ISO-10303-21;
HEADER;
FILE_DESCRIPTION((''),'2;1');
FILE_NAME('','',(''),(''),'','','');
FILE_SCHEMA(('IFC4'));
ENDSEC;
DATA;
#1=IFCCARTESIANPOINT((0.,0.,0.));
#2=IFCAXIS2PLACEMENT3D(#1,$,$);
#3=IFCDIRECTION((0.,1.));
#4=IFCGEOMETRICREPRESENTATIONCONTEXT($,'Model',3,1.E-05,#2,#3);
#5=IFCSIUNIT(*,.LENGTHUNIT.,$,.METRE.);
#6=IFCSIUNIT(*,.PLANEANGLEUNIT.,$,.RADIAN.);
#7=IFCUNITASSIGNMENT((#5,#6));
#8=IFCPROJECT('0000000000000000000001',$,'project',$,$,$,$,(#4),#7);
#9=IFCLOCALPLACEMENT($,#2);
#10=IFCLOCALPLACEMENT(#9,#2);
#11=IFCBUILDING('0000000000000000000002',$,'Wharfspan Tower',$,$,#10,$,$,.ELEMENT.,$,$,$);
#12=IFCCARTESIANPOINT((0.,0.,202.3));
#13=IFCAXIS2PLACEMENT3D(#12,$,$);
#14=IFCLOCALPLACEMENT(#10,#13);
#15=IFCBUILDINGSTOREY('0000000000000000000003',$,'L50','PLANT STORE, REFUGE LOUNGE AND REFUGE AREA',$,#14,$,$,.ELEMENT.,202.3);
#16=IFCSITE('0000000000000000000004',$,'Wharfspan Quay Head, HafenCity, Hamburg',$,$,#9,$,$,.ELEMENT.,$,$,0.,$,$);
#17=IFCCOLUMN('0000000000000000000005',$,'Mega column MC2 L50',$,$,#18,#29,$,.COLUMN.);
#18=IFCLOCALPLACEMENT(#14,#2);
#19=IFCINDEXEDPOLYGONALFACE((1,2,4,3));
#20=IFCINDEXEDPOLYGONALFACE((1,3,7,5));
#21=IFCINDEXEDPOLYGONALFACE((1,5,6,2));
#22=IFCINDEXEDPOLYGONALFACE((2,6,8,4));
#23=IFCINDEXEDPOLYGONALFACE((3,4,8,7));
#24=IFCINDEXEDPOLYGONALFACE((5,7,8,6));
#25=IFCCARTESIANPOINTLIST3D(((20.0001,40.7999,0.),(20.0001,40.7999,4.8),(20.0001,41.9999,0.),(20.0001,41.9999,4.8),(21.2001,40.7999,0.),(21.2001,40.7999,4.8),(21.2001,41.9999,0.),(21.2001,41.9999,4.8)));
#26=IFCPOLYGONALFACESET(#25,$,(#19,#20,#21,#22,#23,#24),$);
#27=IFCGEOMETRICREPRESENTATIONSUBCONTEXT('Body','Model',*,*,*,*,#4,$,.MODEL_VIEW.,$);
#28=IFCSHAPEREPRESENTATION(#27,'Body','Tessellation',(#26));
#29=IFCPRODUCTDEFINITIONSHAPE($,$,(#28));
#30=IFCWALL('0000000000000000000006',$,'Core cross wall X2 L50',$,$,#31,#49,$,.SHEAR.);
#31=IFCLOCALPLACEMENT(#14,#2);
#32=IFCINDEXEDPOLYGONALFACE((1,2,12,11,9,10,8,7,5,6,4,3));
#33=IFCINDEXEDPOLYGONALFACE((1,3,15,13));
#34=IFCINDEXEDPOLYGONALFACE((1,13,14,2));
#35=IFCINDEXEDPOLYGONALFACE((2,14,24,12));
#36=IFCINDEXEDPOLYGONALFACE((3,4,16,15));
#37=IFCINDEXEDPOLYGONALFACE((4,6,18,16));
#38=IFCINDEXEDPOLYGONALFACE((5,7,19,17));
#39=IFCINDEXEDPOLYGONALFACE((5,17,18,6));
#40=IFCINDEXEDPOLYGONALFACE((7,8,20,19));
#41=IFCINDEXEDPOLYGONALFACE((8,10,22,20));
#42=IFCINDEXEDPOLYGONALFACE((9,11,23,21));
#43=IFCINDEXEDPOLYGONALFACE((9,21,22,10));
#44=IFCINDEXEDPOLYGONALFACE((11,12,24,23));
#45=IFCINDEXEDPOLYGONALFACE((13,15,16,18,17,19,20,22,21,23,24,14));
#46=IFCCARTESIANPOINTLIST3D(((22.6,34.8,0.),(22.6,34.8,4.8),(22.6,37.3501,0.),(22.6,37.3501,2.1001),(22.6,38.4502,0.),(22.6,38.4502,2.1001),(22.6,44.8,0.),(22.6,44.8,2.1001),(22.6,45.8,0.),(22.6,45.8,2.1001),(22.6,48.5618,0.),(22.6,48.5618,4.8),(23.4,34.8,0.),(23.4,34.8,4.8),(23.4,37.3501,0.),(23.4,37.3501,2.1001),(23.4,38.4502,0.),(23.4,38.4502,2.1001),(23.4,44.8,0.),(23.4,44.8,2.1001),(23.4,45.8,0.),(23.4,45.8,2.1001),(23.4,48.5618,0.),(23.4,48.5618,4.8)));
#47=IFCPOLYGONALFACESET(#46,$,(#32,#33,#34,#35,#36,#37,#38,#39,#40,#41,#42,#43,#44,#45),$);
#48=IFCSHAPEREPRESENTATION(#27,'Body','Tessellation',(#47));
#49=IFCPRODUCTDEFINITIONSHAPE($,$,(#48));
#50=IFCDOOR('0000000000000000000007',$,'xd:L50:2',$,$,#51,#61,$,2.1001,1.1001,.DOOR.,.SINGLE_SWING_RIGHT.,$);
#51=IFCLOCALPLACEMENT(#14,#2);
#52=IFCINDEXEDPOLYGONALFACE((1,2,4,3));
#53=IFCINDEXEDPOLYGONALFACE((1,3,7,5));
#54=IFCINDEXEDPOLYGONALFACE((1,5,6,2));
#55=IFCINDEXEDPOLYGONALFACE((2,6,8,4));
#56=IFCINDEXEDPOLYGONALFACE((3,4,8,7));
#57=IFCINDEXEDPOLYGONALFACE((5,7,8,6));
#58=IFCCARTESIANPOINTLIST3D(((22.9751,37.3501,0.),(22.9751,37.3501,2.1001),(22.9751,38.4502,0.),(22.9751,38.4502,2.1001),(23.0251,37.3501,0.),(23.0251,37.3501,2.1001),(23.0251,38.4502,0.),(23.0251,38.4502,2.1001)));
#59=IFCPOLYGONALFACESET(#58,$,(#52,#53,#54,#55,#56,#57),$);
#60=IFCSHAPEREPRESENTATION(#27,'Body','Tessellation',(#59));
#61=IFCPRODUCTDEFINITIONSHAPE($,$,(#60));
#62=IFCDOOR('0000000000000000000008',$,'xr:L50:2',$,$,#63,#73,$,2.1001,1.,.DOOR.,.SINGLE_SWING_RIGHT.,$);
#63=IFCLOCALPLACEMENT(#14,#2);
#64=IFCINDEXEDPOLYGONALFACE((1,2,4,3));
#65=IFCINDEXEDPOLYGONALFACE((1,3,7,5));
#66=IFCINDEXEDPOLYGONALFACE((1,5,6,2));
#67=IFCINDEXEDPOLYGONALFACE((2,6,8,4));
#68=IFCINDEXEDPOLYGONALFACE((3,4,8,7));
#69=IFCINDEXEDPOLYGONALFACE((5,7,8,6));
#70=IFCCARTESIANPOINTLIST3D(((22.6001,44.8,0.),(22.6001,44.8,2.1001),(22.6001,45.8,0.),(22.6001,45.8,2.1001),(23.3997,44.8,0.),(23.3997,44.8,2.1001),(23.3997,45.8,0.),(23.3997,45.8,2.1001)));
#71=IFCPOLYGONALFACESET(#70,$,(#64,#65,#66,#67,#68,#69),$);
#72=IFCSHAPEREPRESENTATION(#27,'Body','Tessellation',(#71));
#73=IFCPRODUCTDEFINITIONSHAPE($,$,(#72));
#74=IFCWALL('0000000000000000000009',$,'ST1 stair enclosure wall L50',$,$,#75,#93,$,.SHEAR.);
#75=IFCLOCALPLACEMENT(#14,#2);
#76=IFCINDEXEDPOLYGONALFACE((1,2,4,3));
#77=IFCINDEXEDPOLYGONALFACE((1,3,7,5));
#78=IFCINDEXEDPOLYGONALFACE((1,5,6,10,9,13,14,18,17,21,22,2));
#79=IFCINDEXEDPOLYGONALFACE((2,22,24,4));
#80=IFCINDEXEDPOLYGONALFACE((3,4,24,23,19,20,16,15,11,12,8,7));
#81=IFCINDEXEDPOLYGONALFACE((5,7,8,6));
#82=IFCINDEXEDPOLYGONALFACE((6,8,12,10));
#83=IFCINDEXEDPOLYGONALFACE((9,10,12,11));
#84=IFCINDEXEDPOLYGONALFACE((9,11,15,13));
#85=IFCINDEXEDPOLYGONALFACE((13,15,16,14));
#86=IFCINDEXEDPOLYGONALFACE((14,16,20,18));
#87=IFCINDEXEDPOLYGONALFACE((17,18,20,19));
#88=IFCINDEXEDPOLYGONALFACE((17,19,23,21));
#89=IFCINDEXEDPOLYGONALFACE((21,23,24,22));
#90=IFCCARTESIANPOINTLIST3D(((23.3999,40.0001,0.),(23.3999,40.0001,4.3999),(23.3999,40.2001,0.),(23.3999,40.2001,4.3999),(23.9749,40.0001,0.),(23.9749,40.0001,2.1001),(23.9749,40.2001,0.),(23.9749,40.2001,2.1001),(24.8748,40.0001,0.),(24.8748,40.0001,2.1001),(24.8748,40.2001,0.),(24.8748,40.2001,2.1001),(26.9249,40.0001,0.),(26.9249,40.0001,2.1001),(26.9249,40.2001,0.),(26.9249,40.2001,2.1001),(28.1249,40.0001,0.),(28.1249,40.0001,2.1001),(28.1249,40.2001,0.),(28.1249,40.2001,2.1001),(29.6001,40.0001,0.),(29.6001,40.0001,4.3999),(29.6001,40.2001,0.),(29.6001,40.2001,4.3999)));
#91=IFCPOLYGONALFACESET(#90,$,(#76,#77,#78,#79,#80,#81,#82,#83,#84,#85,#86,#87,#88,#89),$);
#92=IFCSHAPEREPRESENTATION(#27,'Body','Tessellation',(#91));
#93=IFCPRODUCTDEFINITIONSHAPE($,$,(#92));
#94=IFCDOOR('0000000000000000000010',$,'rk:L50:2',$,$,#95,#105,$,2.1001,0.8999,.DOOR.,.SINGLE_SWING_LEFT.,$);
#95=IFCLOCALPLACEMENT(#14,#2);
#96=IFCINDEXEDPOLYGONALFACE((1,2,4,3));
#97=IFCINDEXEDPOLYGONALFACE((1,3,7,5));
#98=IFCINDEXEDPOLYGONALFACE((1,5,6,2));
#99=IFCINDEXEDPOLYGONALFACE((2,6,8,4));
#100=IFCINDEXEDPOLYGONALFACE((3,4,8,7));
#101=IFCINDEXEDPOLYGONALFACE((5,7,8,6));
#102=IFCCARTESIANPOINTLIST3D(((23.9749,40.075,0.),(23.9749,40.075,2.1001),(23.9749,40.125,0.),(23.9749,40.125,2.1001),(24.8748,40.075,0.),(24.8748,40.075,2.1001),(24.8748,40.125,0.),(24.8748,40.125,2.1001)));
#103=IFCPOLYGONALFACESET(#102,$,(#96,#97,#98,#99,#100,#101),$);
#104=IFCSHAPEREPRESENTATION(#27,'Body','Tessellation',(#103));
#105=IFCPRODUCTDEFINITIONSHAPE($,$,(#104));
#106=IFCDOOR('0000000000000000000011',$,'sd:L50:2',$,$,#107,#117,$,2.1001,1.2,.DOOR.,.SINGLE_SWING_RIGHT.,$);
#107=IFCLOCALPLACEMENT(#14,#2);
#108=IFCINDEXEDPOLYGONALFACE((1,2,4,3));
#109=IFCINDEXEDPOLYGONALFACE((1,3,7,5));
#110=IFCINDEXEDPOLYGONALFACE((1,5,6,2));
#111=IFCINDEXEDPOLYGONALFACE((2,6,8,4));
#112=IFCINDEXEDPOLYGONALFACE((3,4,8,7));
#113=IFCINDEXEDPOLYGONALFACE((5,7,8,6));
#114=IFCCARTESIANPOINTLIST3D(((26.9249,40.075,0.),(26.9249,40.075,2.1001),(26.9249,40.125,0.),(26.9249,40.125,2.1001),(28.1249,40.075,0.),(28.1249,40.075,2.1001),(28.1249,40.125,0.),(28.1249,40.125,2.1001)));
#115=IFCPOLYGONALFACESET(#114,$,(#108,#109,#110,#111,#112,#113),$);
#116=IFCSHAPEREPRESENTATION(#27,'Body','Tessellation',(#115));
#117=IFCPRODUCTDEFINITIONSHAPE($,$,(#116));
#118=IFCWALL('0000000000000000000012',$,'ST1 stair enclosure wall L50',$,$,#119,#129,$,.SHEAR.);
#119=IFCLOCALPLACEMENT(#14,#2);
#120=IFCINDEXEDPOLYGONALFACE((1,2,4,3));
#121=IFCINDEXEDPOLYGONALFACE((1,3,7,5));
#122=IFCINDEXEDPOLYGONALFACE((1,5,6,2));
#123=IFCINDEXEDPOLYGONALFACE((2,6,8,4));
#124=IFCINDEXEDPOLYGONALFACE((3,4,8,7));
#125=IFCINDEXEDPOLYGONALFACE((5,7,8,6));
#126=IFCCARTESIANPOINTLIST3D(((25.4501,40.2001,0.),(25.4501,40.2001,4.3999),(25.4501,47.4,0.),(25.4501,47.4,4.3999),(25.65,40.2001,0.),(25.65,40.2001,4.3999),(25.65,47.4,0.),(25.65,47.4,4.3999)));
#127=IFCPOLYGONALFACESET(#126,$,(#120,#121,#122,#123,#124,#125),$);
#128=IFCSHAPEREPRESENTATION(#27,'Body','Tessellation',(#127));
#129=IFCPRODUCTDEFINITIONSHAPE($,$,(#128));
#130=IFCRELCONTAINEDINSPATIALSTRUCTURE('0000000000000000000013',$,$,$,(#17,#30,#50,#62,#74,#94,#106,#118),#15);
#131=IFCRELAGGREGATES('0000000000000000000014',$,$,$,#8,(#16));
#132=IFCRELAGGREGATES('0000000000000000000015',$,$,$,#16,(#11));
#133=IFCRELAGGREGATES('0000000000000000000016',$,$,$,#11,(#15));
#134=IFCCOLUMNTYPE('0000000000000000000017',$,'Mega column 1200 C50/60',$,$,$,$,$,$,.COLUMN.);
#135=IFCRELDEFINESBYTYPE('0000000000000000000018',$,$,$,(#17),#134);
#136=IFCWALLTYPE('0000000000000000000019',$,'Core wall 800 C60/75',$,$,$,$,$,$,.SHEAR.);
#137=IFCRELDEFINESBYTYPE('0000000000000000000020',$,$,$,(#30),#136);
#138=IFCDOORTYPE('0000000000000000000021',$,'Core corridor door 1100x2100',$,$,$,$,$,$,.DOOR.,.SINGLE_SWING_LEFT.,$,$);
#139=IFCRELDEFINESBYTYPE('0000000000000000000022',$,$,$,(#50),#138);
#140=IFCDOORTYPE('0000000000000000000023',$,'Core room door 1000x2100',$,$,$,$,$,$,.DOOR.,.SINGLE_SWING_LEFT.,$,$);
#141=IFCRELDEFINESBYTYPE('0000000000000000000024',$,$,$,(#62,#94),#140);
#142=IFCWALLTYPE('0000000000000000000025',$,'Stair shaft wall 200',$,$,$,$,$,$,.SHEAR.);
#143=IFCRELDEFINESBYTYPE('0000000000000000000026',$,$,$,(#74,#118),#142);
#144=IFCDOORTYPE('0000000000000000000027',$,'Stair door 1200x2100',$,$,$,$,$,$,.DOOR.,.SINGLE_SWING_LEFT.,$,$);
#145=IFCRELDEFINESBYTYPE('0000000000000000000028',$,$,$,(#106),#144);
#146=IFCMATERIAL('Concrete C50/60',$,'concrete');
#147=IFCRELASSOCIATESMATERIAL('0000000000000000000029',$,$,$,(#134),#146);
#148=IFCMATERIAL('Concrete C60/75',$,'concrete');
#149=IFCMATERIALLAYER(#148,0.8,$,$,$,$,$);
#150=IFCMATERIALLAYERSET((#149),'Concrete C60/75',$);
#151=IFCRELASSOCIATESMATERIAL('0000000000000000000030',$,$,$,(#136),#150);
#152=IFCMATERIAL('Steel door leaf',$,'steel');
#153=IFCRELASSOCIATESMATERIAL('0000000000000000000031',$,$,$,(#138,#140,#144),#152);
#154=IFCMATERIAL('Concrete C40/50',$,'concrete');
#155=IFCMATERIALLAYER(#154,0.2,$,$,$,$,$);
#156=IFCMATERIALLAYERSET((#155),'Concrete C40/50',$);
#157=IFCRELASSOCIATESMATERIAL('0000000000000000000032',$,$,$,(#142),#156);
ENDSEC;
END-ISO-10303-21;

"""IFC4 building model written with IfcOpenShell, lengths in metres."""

from ifc_helpers import new_model, si_unit, direction, frame, frame_2d, origin, origin_2d, place, context, subcontext, project, spatial, rectangle, extrude, material, layer, layer_set, material_profile, profile_set, type_object, element, fill, save


model = new_model("IFC4")

# Units and contexts
model_context = context("Model", 3, precision=1e-05, world=origin(), true_north=direction((0.0, 1.0)))
body_context = subcontext(model_context, "Body", "Model", "MODEL_VIEW")
ifc_project = project(units=[si_unit("LENGTHUNIT", "METRE"), si_unit("PLANEANGLEUNIT", "RADIAN")], contexts=[model_context])

# Site, building, storey
site_placement = place(None, origin())
site = spatial("IfcSite", under=ifc_project, at=site_placement, Name="Wharfspan Quay Head, HafenCity, Hamburg", CompositionType="ELEMENT", RefElevation=0.0)
building_placement = place(site_placement, origin())
building = spatial("IfcBuilding", under=site, at=building_placement, Name="Wharfspan Tower", CompositionType="ELEMENT")
storey_placement = place(building_placement, frame((0.0, 0.0, 202.3)))
storey = spatial("IfcBuildingStorey", under=building, at=storey_placement, Name="L50", Description="PLANT STORE, REFUGE LOUNGE AND REFUGE AREA", CompositionType="ELEMENT", Elevation=202.3)

# Column
ifc_material_1 = material(Name="Concrete C50/60", Category="concrete")
ifc_material_profile = material_profile(ifc_material_1, rectangle(XDim=1.2, YDim=1.2, at=origin_2d()))
ifc_profile_set = profile_set([ifc_material_profile], Name="Concrete C50/60")
column_type = type_object("IfcColumnType", Name="Mega column 1200 C50/60", PredefinedType="COLUMN", material=ifc_profile_set)
column_placement = place(storey_placement, frame((20.6001, 41.3999, 0.0), z_axis=(0.0, 0.0, 1.0), x_axis=(1.0, 0.0, 0.0)))
element("IfcColumn", 1, at=column_placement, inside=storey, type_object=column_type, Name="Mega column MC2 L50", PredefinedType="COLUMN", context=body_context, shape_type="SweptSolid", body=[
    extrude(rectangle(XDim=1.2, YDim=1.2, at=origin_2d()), origin(), (0.0, 0.0, 1.0), 4.8),
])

# Walls, openings, doors
ifc_material_2 = material(Name="Concrete C60/75", Category="concrete")
ifc_layer_1 = layer(ifc_material_2, 0.8)
ifc_layer_set_1 = layer_set([ifc_layer_1], Name="Concrete C60/75")
wall_type_1 = type_object("IfcWallType", Name="Core wall 800 C60/75", PredefinedType="SHEAR", material=ifc_layer_set_1)
wall_1_placement = place(storey_placement, frame((23.0, 34.8, 0.0), z_axis=(0.0, 0.0, 1.0), x_axis=(0.0, 1.0, 0.0)))
wall_1 = element("IfcWall", 2, at=wall_1_placement, inside=storey, type_object=wall_type_1, Name="Core cross wall X2 L50", PredefinedType="SHEAR", context=body_context, shape_type="SweptSolid", body=[
    extrude(rectangle(XDim=13.7617, YDim=0.8, at=frame_2d((6.8809, 0.0))), origin(), (0.0, 0.0, 1.0), 4.8),
])
opening_1_placement = place(wall_1_placement, frame((2.55, 0.0, 0.0)))
opening_1 = element("IfcOpeningElement", 3, at=opening_1_placement, cuts=wall_1, PredefinedType="OPENING", context=body_context, shape_type="SweptSolid", body=[
    extrude(rectangle(XDim=1.1001, YDim=2.1001, at=frame_2d((0.55, 1.05))), frame((0.0, 0.4099, 0.0), z_axis=(0.0, -1.0, 0.0), x_axis=(1.0, 0.0, 0.0)), (0.0, 0.0, 1.0), 0.8201),
])
opening_2_placement = place(wall_1_placement, frame((10.0, 0.0, 0.0)))
opening_2 = element("IfcOpeningElement", 4, at=opening_2_placement, cuts=wall_1, PredefinedType="OPENING", context=body_context, shape_type="SweptSolid", body=[
    extrude(rectangle(XDim=1.0, YDim=2.1001, at=frame_2d((0.5, 1.05))), frame((0.0, 0.4099, 0.0), z_axis=(0.0, -1.0, 0.0), x_axis=(1.0, 0.0, 0.0)), (0.0, 0.0, 1.0), 0.8201),
])
ifc_material_3 = material(Name="Steel door leaf", Category="steel")
door_type_1 = type_object("IfcDoorType", Name="Core corridor door 1100x2100", OperationType="SINGLE_SWING_LEFT", PredefinedType="DOOR", material=ifc_material_3)
door_1_placement = place(opening_1_placement, origin())
door_1 = element("IfcDoor", 5, at=door_1_placement, inside=storey, type_object=door_type_1, Name="xd:L50:2", OperationType="SINGLE_SWING_RIGHT", OverallHeight=2.1001, OverallWidth=1.1001, PredefinedType="DOOR", context=body_context, shape_type="SweptSolid", body=[
    extrude(rectangle(XDim=1.1001, YDim=2.1001, at=frame_2d((0.55, 1.05))), frame((0.0, 0.0249, 0.0), z_axis=(0.0, -1.0, 0.0), x_axis=(1.0, 0.0, 0.0)), (0.0, 0.0, 1.0), 0.05),
])
fill(opening_1, door_1)
door_type_2 = type_object("IfcDoorType", Name="Core room door 1000x2100", OperationType="SINGLE_SWING_LEFT", PredefinedType="DOOR", material=ifc_material_3)
door_2_placement = place(opening_2_placement, origin())
door_2 = element("IfcDoor", 6, at=door_2_placement, inside=storey, type_object=door_type_2, Name="xr:L50:2", OperationType="SINGLE_SWING_RIGHT", OverallHeight=2.1001, OverallWidth=1.0, PredefinedType="DOOR", context=body_context, shape_type="SweptSolid", body=[
    extrude(rectangle(XDim=1.0, YDim=2.1001, at=frame_2d((0.5, 1.05))), frame((0.0, 0.3999, 0.0), z_axis=(0.0, -1.0, 0.0), x_axis=(1.0, 0.0, 0.0)), (0.0, 0.0, 1.0), 0.7996),
])
fill(opening_2, door_2)
ifc_material_4 = material(Name="Concrete C40/50", Category="concrete")
ifc_layer_2 = layer(ifc_material_4, 0.2)
ifc_layer_set_2 = layer_set([ifc_layer_2], Name="Concrete C40/50")
wall_type_2 = type_object("IfcWallType", Name="Stair shaft wall 200", PredefinedType="SHEAR", material=ifc_layer_set_2)
wall_2_placement = place(storey_placement, frame((23.3999, 40.1001, 0.0), z_axis=(0.0, 0.0, 1.0), x_axis=(1.0, 0.0, 0.0)))
wall_2 = element("IfcWall", 7, at=wall_2_placement, inside=storey, type_object=wall_type_2, Name="ST1 stair enclosure wall L50", PredefinedType="SHEAR", context=body_context, shape_type="SweptSolid", body=[
    extrude(rectangle(XDim=6.2002, YDim=0.2, at=frame_2d((3.1001, 0.0))), origin(), (0.0, 0.0, 1.0), 4.3999),
])
opening_3_placement = place(wall_2_placement, frame((3.5249, 0.0, 0.0)))
opening_3 = element("IfcOpeningElement", 8, at=opening_3_placement, cuts=wall_2, PredefinedType="OPENING", context=body_context, shape_type="SweptSolid", body=[
    extrude(rectangle(XDim=1.2, YDim=2.1001, at=frame_2d((0.6001, 1.05))), frame((0.0, 0.1099, 0.0), z_axis=(0.0, -1.0, 0.0), x_axis=(1.0, 0.0, 0.0)), (0.0, 0.0, 1.0), 0.22),
])
opening_4_placement = place(wall_2_placement, frame((0.575, 0.0, 0.0)))
opening_4 = element("IfcOpeningElement", 9, at=opening_4_placement, cuts=wall_2, PredefinedType="OPENING", context=body_context, shape_type="SweptSolid", body=[
    extrude(rectangle(XDim=0.8999, YDim=2.1001, at=frame_2d((0.45, 1.05))), frame((0.0, 0.1099, 0.0), z_axis=(0.0, -1.0, 0.0), x_axis=(1.0, 0.0, 0.0)), (0.0, 0.0, 1.0), 0.22),
])
door_3_placement = place(opening_4_placement, origin())
door_3 = element("IfcDoor", 10, at=door_3_placement, inside=storey, type_object=door_type_2, Name="rk:L50:2", OperationType="SINGLE_SWING_LEFT", OverallHeight=2.1001, OverallWidth=0.8999, PredefinedType="DOOR", context=body_context, shape_type="SweptSolid", body=[
    extrude(rectangle(XDim=0.8999, YDim=2.1001, at=frame_2d((0.45, 1.05))), frame((0.0, 0.0249, 0.0), z_axis=(0.0, -1.0, 0.0), x_axis=(1.0, 0.0, 0.0)), (0.0, 0.0, 1.0), 0.05),
])
fill(opening_4, door_3)
door_type_3 = type_object("IfcDoorType", Name="Stair door 1200x2100", OperationType="SINGLE_SWING_LEFT", PredefinedType="DOOR", material=ifc_material_3)
door_4_placement = place(opening_3_placement, origin())
door_4 = element("IfcDoor", 11, at=door_4_placement, inside=storey, type_object=door_type_3, Name="sd:L50:2", OperationType="SINGLE_SWING_RIGHT", OverallHeight=2.1001, OverallWidth=1.2, PredefinedType="DOOR", context=body_context, shape_type="SweptSolid", body=[
    extrude(rectangle(XDim=1.2, YDim=2.1001, at=frame_2d((0.6001, 1.05))), frame((0.0, 0.0249, 0.0), z_axis=(0.0, -1.0, 0.0), x_axis=(1.0, 0.0, 0.0)), (0.0, 0.0, 1.0), 0.05),
])
fill(opening_3, door_4)

# Wall
wall_3_placement = place(storey_placement, frame((25.55, 40.2, 0.0), z_axis=(0.0, 0.0, 1.0), x_axis=(0.0, 1.0, 0.0)))
element("IfcWall", 12, at=wall_3_placement, inside=storey, type_object=wall_type_2, Name="ST1 stair enclosure wall L50", PredefinedType="SHEAR", context=body_context, shape_type="SweptSolid", body=[
    extrude(rectangle(XDim=7.2, YDim=0.2, at=frame_2d((3.6001, 0.0))), origin(), (0.0, 0.0, 1.0), 4.3999),
])

save(model, "model.ifc")
